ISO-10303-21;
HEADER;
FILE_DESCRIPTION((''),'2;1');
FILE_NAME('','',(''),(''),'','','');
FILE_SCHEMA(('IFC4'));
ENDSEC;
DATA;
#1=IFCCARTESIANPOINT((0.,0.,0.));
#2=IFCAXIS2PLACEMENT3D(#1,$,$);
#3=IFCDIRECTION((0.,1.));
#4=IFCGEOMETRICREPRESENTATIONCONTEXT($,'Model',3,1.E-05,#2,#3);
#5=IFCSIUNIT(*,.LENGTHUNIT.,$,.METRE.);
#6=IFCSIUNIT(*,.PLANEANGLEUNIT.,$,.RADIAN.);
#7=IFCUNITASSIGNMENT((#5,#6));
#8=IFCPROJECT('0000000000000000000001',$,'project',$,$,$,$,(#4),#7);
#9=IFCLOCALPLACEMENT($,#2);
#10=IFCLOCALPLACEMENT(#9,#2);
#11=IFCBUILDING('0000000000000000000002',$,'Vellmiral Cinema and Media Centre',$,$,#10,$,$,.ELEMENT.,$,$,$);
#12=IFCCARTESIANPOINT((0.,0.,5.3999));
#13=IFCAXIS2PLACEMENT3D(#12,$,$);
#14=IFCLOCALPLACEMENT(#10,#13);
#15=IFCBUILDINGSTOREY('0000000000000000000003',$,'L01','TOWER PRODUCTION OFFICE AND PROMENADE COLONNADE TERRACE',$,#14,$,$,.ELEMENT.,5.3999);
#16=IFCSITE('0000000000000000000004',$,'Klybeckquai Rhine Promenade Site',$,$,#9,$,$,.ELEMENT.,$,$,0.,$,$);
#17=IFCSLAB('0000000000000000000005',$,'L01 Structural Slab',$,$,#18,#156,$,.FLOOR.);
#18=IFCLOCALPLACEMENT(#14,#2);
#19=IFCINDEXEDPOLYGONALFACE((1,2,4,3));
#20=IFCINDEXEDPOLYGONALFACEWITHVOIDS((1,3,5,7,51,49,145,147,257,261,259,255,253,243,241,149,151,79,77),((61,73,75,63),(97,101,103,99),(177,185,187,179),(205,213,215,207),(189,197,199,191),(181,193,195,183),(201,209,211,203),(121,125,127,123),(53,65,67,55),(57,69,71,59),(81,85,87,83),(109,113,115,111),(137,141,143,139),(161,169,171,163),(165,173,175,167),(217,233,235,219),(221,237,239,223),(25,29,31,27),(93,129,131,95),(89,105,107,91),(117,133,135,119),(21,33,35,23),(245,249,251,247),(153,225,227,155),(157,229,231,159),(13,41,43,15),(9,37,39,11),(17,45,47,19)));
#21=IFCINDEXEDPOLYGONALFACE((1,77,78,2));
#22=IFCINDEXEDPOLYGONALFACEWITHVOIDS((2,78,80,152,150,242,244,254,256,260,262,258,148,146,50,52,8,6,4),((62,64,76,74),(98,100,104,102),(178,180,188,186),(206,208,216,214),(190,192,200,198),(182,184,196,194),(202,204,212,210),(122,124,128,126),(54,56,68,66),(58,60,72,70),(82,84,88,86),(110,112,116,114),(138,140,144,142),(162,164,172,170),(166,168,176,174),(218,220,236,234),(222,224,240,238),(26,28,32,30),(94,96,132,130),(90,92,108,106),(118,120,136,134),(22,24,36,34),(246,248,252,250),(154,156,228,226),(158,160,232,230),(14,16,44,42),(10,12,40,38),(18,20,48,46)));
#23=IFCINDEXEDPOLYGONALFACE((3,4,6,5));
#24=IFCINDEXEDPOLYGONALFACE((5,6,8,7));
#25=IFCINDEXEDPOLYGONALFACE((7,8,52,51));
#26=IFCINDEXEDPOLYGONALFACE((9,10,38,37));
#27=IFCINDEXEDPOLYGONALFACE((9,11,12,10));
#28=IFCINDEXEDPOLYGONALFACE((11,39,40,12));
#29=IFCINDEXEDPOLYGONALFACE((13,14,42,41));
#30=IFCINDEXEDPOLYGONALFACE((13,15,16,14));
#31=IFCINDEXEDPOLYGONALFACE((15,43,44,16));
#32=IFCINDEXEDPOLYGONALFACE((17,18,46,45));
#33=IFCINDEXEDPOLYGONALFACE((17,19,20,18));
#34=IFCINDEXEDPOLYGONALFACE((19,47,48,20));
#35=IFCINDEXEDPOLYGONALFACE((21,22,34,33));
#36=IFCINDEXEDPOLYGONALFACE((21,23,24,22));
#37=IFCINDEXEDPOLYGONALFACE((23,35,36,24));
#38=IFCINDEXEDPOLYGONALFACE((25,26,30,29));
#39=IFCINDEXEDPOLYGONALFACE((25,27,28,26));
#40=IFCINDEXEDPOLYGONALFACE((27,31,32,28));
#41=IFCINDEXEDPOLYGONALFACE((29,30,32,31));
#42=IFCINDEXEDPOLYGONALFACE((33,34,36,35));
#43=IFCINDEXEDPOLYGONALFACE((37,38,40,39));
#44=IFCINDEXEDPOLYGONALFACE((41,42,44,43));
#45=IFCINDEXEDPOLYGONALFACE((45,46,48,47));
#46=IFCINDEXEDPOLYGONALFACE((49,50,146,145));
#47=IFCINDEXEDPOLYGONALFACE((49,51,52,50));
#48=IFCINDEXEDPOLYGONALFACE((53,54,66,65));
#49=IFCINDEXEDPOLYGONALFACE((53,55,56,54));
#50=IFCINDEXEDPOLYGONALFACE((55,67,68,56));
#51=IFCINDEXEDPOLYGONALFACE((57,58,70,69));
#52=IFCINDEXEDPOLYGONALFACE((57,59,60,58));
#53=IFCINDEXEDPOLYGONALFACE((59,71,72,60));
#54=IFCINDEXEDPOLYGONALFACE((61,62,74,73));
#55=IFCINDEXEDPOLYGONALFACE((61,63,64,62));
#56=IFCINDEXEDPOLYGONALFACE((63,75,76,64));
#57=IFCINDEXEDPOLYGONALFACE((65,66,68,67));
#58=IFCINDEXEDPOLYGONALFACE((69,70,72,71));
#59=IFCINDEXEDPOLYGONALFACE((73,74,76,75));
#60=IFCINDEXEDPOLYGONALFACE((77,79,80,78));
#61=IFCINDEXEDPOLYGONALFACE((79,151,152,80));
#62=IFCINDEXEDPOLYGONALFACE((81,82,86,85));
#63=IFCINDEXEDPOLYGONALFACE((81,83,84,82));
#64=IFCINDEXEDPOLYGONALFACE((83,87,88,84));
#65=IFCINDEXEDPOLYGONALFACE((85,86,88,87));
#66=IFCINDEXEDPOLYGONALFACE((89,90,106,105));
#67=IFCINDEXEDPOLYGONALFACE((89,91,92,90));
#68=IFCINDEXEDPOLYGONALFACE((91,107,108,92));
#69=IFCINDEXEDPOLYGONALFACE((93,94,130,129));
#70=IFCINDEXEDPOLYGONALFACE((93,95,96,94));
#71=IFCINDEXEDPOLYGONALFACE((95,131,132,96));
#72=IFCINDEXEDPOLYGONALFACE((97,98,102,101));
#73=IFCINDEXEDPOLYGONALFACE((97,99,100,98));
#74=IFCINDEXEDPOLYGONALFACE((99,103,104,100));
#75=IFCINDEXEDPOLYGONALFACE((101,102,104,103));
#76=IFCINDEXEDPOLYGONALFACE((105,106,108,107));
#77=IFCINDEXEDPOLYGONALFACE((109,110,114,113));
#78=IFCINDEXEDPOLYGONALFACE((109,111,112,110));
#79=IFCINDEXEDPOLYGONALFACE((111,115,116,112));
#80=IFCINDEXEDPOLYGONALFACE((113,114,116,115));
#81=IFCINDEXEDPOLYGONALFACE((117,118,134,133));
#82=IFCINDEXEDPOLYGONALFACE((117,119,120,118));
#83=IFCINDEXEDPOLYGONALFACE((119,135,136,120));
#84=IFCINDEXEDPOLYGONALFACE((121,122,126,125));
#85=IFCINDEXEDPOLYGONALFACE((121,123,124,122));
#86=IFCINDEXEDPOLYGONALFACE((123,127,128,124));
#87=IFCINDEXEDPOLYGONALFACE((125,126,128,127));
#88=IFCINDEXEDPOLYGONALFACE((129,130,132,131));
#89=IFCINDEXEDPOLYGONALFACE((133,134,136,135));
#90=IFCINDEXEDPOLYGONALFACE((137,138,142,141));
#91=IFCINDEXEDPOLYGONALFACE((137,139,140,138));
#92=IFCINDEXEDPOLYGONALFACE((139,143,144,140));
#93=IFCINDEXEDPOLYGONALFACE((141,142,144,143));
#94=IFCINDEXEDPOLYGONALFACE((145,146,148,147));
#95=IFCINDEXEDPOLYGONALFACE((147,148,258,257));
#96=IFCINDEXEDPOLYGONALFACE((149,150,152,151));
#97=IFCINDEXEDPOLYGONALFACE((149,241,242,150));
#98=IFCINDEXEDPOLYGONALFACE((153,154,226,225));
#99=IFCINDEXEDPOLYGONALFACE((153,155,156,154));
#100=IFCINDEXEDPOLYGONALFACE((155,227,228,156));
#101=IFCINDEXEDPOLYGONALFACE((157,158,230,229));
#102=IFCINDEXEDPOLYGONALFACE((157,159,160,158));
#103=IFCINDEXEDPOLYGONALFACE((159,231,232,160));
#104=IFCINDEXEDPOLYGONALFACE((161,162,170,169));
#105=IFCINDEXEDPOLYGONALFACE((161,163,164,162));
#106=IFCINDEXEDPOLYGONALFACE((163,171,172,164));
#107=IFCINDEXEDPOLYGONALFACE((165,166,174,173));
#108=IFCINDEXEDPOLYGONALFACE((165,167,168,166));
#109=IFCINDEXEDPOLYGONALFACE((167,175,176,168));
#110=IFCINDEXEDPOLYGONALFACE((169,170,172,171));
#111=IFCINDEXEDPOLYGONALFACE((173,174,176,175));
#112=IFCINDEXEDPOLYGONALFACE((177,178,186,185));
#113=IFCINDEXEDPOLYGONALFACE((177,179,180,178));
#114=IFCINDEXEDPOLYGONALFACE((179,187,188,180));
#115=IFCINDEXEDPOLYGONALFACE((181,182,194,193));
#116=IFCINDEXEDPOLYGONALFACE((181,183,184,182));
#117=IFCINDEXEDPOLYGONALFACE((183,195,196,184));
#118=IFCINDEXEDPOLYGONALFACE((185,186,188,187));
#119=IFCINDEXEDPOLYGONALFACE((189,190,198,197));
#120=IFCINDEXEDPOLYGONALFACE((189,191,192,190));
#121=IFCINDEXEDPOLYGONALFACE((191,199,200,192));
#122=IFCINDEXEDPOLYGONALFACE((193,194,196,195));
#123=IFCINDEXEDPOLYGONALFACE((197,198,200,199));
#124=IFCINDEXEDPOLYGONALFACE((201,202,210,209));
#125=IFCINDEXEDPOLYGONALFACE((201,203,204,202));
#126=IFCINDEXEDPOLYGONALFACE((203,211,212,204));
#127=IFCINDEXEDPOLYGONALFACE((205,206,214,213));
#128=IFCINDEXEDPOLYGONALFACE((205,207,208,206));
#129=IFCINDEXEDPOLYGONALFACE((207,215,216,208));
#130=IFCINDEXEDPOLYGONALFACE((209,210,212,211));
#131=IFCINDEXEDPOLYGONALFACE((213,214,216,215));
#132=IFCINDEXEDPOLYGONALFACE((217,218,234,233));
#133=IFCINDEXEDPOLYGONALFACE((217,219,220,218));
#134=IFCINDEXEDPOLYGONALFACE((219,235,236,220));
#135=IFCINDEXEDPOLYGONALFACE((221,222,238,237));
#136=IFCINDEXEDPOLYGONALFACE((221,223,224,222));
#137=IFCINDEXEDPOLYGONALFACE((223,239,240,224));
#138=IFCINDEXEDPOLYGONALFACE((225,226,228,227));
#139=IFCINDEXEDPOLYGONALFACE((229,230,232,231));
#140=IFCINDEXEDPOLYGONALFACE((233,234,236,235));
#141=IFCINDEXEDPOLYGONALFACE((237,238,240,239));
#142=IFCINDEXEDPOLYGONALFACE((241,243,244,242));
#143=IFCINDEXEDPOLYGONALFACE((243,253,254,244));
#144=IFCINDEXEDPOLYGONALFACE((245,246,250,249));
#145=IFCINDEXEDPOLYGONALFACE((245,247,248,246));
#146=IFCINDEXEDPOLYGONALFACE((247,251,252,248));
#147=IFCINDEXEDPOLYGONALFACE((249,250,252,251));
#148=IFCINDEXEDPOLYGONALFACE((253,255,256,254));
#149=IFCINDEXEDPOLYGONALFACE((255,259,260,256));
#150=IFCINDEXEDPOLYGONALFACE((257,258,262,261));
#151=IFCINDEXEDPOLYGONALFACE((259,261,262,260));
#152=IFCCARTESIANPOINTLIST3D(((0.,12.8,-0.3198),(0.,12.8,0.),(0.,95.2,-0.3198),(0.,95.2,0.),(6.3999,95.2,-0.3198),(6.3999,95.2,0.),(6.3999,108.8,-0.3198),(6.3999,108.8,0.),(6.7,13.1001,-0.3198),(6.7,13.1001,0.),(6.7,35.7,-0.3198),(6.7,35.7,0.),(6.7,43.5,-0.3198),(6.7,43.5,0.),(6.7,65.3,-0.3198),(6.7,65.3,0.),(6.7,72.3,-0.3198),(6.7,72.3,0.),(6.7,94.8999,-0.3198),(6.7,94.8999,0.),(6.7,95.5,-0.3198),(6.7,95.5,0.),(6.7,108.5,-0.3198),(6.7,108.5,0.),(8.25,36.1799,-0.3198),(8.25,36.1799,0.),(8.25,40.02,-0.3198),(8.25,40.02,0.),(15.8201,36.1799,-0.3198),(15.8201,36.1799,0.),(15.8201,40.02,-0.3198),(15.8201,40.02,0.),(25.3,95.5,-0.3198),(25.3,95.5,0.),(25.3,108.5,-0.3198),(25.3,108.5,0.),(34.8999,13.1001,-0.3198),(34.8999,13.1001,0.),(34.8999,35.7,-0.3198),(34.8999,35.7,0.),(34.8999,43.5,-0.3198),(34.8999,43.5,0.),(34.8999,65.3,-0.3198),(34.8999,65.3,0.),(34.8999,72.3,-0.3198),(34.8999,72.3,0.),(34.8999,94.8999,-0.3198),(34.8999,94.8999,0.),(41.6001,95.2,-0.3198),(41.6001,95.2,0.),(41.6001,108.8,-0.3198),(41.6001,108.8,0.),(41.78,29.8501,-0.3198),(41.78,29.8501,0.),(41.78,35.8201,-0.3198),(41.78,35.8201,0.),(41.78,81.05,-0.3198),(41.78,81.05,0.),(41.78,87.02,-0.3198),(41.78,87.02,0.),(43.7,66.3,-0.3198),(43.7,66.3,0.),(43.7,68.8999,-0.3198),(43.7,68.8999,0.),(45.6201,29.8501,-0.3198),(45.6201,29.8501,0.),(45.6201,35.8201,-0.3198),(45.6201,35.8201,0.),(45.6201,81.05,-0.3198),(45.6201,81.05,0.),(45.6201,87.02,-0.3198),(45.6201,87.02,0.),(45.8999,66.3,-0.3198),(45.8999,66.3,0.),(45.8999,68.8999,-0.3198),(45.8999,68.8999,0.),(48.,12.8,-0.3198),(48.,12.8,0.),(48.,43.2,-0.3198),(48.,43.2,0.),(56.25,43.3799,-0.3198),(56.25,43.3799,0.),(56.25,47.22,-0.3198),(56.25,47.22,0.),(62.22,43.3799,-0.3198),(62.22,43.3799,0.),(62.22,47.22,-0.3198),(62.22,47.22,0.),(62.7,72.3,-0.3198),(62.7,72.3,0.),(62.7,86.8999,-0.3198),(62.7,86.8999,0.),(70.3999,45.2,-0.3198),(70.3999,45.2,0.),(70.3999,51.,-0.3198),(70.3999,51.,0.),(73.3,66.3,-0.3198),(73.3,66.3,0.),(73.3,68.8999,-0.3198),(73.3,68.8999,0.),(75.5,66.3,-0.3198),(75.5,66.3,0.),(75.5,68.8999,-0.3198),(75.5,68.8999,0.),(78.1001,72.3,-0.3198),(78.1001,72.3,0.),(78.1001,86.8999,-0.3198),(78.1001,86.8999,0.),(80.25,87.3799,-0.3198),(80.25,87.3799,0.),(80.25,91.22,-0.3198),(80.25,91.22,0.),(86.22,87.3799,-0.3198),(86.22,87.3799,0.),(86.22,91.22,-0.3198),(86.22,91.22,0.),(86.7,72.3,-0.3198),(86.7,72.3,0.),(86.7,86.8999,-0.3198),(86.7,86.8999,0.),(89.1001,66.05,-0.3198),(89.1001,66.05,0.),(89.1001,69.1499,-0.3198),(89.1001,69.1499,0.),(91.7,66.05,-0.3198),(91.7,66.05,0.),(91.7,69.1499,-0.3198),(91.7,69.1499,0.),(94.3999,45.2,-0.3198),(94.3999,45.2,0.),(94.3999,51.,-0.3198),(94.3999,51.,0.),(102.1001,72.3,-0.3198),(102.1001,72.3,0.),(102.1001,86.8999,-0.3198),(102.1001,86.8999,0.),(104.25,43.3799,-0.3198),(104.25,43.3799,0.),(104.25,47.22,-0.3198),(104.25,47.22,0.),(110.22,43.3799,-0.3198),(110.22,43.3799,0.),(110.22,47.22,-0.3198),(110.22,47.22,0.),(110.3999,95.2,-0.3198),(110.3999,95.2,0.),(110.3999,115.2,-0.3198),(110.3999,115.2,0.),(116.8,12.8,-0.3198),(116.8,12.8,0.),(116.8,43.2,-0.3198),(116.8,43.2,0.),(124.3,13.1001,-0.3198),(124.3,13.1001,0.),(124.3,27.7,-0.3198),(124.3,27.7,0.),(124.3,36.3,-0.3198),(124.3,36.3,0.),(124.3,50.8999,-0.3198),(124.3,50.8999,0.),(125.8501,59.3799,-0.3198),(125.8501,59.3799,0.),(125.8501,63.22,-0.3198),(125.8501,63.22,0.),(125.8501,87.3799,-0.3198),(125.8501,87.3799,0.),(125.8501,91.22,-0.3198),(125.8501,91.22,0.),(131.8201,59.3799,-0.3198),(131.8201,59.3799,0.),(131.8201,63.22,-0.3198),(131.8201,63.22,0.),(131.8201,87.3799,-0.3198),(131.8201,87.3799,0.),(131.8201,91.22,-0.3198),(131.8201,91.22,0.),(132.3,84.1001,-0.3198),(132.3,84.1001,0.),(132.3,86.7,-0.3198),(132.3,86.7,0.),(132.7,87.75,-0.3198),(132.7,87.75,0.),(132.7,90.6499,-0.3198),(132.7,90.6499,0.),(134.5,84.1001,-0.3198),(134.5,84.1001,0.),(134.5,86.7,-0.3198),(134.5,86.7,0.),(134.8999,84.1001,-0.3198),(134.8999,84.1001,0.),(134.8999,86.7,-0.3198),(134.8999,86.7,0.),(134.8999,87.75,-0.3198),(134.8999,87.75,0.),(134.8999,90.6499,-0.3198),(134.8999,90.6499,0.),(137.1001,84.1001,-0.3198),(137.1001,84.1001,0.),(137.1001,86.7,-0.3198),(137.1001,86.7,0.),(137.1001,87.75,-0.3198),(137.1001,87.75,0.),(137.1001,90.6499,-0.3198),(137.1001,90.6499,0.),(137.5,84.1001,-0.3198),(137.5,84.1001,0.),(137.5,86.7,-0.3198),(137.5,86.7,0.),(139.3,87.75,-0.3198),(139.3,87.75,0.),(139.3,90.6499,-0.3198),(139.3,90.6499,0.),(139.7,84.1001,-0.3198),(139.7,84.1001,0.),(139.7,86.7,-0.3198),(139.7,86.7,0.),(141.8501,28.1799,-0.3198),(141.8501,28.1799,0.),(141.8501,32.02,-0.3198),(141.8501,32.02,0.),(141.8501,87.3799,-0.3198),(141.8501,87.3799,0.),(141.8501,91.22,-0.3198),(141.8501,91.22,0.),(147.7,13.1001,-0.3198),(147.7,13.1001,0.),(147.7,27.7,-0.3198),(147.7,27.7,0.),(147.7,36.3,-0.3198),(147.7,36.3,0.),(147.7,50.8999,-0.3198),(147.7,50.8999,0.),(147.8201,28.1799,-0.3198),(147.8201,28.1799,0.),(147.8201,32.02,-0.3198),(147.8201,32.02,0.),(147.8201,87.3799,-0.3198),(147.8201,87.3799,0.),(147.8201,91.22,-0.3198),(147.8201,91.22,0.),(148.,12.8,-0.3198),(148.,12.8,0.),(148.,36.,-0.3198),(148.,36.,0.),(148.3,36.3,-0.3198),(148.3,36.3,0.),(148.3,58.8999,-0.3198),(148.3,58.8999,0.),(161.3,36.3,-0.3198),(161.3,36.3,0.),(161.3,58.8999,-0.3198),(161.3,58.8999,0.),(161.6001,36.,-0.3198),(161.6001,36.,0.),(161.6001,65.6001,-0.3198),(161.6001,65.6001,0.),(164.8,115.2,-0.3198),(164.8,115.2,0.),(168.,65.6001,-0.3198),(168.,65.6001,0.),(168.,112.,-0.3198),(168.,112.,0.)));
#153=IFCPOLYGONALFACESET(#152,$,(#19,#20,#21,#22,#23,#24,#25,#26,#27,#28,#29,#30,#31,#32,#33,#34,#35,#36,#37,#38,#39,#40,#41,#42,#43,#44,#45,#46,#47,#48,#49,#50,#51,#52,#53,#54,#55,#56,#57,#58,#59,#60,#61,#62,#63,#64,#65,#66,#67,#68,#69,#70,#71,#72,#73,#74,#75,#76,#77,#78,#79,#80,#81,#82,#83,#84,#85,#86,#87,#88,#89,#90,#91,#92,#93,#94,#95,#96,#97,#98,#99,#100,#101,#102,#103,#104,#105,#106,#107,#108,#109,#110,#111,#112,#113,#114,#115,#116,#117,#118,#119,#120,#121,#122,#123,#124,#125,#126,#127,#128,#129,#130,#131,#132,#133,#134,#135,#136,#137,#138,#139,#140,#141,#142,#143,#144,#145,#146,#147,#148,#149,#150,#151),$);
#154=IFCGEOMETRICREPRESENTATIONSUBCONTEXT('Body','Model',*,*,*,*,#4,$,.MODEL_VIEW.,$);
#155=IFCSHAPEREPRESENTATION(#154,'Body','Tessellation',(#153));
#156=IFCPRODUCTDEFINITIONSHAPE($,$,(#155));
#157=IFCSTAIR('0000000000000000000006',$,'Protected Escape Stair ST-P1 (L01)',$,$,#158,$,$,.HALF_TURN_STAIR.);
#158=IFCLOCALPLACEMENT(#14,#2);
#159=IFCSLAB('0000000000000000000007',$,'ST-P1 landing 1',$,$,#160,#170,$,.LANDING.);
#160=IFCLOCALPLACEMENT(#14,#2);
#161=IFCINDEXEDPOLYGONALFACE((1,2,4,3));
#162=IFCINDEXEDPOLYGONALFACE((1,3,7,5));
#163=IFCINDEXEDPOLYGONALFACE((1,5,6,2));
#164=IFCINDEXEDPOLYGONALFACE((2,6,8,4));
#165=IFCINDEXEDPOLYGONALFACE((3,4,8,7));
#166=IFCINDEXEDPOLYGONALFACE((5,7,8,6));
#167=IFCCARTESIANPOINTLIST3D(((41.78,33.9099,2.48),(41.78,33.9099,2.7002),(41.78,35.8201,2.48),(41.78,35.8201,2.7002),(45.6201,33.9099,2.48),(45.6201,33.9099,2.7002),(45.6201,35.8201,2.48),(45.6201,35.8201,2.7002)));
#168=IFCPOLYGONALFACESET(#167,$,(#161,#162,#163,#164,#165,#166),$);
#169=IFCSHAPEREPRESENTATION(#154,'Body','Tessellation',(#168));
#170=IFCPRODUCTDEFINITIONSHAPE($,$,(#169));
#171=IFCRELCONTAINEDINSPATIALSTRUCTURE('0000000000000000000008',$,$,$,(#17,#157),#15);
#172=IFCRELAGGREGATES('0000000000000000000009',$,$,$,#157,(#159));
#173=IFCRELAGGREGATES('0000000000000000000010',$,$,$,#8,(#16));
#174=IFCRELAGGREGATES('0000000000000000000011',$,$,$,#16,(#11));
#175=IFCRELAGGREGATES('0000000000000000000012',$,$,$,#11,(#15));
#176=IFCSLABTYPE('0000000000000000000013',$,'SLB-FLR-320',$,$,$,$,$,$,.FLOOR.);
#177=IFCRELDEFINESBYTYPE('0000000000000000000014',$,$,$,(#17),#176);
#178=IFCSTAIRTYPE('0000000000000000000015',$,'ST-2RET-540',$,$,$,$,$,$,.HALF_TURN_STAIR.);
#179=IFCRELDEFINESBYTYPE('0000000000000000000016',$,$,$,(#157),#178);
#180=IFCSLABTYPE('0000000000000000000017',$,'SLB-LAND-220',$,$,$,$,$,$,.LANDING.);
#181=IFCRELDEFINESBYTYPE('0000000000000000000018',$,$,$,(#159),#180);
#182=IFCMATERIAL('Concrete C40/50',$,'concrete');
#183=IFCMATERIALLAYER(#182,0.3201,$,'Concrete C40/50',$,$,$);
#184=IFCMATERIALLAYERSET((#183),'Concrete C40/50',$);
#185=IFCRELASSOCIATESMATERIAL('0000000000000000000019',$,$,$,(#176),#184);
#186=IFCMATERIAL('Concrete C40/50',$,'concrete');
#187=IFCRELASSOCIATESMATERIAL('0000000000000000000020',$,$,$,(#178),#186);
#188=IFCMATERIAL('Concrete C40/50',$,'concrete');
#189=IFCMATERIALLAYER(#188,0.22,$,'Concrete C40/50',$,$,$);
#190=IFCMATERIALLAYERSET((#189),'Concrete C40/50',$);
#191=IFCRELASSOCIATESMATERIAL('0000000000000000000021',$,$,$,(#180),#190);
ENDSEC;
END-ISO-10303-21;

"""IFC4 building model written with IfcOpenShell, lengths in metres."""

from ifc_helpers import new_model, si_unit, direction, frame, origin, place, context, subcontext, project, spatial, polyline, outline, extrude, material, layer, layer_set, type_object, element, aggregate, save


model = new_model("IFC4")

# Units and contexts
model_context = context("Model", 3, precision=1e-05, world=origin(), true_north=direction((0.0, 1.0)))
body_context = subcontext(model_context, "Body", "Model", "MODEL_VIEW")
ifc_project = project(units=[si_unit("LENGTHUNIT", "METRE"), si_unit("PLANEANGLEUNIT", "RADIAN")], contexts=[model_context])

# Site, building, storey
site_placement = place(None, origin())
site = spatial("IfcSite", under=ifc_project, at=site_placement, Name="Klybeckquai Rhine Promenade Site", CompositionType="ELEMENT", RefElevation=0.0)
building_placement = place(site_placement, origin())
building = spatial("IfcBuilding", under=site, at=building_placement, Name="Vellmiral Cinema and Media Centre", CompositionType="ELEMENT")
storey_placement = place(building_placement, frame((0.0, 0.0, 5.3999)))
storey = spatial("IfcBuildingStorey", under=building, at=storey_placement, Name="L01", Description="TOWER PRODUCTION OFFICE AND PROMENADE COLONNADE TERRACE", CompositionType="ELEMENT", Elevation=5.3999)

# Slab
ifc_material_1 = material(Name="Concrete C40/50", Category="concrete")
ifc_layer_1 = layer(ifc_material_1, 0.3201, Name="Concrete C40/50")
ifc_layer_set_1 = layer_set([ifc_layer_1], Name="Concrete C40/50")
slab_type_1 = type_object("IfcSlabType", Name="SLB-FLR-320", PredefinedType="FLOOR", material=ifc_layer_set_1)
slab_1_placement = place(storey_placement, frame((0.0, 0.0, -0.3198)))
element("IfcSlab", 1, at=slab_1_placement, inside=storey, type_object=slab_type_1, Name="L01 Structural Slab", PredefinedType="FLOOR", context=body_context, shape_type="SweptSolid", body=[
    extrude(outline(polyline([(0.0, 12.8), (48.0, 12.8), (48.0, 43.2), (116.8, 43.2), (116.8, 12.8), (148.0, 12.8), (148.0, 36.0), (161.6001, 36.0), (161.6001, 65.6001), (168.0, 65.6001), (168.0, 112.0), (164.8, 115.2), (110.3999, 115.2), (110.3999, 95.2), (41.6001, 95.2), (41.6001, 108.8), (6.3999, 108.8), (6.3999, 95.2), (0.0, 95.2), (0.0, 12.8)]), holes=[polyline([(41.78, 29.8501), (45.6201, 29.8501), (45.6201, 35.8201), (41.78, 35.8201), (41.78, 29.8501)]), polyline([(41.78, 81.05), (45.6201, 81.05), (45.6201, 87.02), (41.78, 87.02), (41.78, 81.05)]), polyline([(56.25, 43.3799), (62.22, 43.3799), (62.22, 47.22), (56.25, 47.22), (56.25, 43.3799)]), polyline([(104.25, 43.3799), (110.22, 43.3799), (110.22, 47.22), (104.25, 47.22), (104.25, 43.3799)]), polyline([(80.25, 87.3799), (86.22, 87.3799), (86.22, 91.22), (80.25, 91.22), (80.25, 87.3799)]), polyline([(125.8501, 59.3799), (131.8201, 59.3799), (131.8201, 63.22), (125.8501, 63.22), (125.8501, 59.3799)]), polyline([(8.25, 36.1799), (15.8201, 36.1799), (15.8201, 40.02), (8.25, 40.02), (8.25, 36.1799)]), polyline([(141.8501, 28.1799), (147.8201, 28.1799), (147.8201, 32.02), (141.8501, 32.02), (141.8501, 28.1799)]), polyline([(125.8501, 87.3799), (131.8201, 87.3799), (131.8201, 91.22), (125.8501, 91.22), (125.8501, 87.3799)]), polyline([(141.8501, 87.3799), (147.8201, 87.3799), (147.8201, 91.22), (141.8501, 91.22), (141.8501, 87.3799)]), polyline([(132.7, 87.75), (134.8999, 87.75), (134.8999, 90.6499), (132.7, 90.6499), (132.7, 87.75)]), polyline([(137.1001, 87.75), (139.3, 87.75), (139.3, 90.6499), (137.1001, 90.6499), (137.1001, 87.75)]), polyline([(132.3, 84.1001), (134.5, 84.1001), (134.5, 86.7), (132.3, 86.7), (132.3, 84.1001)]), polyline([(134.8999, 84.1001), (137.1001, 84.1001), (137.1001, 86.7), (134.8999, 86.7), (134.8999, 84.1001)]), polyline([(137.5, 84.1001), (139.7, 84.1001), (139.7, 86.7), (137.5, 86.7), (137.5, 84.1001)]), polyline([(43.7, 66.3), (45.8999, 66.3), (45.8999, 68.8999), (43.7, 68.8999), (43.7, 66.3)]), polyline([(73.3, 66.3), (75.5, 66.3), (75.5, 68.8999), (73.3, 68.8999), (73.3, 66.3)]), polyline([(89.1001, 66.05), (91.7, 66.05), (91.7, 69.1499), (89.1001, 69.1499), (89.1001, 66.05)]), polyline([(6.7, 13.1001), (34.8999, 13.1001), (34.8999, 35.7), (6.7, 35.7), (6.7, 13.1001)]), polyline([(6.7, 43.5), (34.8999, 43.5), (34.8999, 65.3), (6.7, 65.3), (6.7, 43.5)]), polyline([(6.7, 72.3), (34.8999, 72.3), (34.8999, 94.8999), (6.7, 94.8999), (6.7, 72.3)]), polyline([(6.7, 95.5), (25.3, 95.5), (25.3, 108.5), (6.7, 108.5), (6.7, 95.5)]), polyline([(124.3, 13.1001), (147.7, 13.1001), (147.7, 27.7), (124.3, 27.7), (124.3, 13.1001)]), polyline([(124.3, 36.3), (147.7, 36.3), (147.7, 50.8999), (124.3, 50.8999), (124.3, 36.3)]), polyline([(148.3, 36.3), (161.3, 36.3), (161.3, 58.8999), (148.3, 58.8999), (148.3, 36.3)]), polyline([(62.7, 72.3), (78.1001, 72.3), (78.1001, 86.8999), (62.7, 86.8999), (62.7, 72.3)]), polyline([(86.7, 72.3), (102.1001, 72.3), (102.1001, 86.8999), (86.7, 86.8999), (86.7, 72.3)]), polyline([(70.3999, 45.2), (94.3999, 45.2), (94.3999, 51.0), (70.3999, 51.0), (70.3999, 45.2)])]), origin(), (0.0, 0.0, 1.0), 0.3198),
])

# Stair, slab
ifc_material_2 = material(Name="Concrete C40/50", Category="concrete")
stair_type = type_object("IfcStairType", Name="ST-2RET-540", PredefinedType="HALF_TURN_STAIR", material=ifc_material_2)
stair_1_placement = place(storey_placement, origin())
stair_1 = element("IfcStair", 2, at=stair_1_placement, inside=storey, type_object=stair_type, Name="Protected Escape Stair ST-P1 (L01)", PredefinedType="HALF_TURN_STAIR")
ifc_material_3 = material(Name="Concrete C40/50", Category="concrete")
ifc_layer_2 = layer(ifc_material_3, 0.22, Name="Concrete C40/50")
ifc_layer_set_2 = layer_set([ifc_layer_2], Name="Concrete C40/50")
slab_type_2 = type_object("IfcSlabType", Name="SLB-LAND-220", PredefinedType="LANDING", material=ifc_layer_set_2)
slab_2_placement = place(storey_placement, frame((0.0, 0.0, 2.48)))
slab_2 = element("IfcSlab", 3, at=slab_2_placement, type_object=slab_type_2, Name="ST-P1 landing 1", PredefinedType="LANDING", context=body_context, shape_type="SweptSolid", body=[
    extrude(outline(polyline([(41.78, 33.9099), (45.6201, 33.9099), (45.6201, 35.8201), (41.78, 35.8201), (41.78, 33.9099)])), origin(), (0.0, 0.0, 1.0), 0.2202),
])
aggregate(stair_1, [slab_2])

save(model, "model.ifc")
